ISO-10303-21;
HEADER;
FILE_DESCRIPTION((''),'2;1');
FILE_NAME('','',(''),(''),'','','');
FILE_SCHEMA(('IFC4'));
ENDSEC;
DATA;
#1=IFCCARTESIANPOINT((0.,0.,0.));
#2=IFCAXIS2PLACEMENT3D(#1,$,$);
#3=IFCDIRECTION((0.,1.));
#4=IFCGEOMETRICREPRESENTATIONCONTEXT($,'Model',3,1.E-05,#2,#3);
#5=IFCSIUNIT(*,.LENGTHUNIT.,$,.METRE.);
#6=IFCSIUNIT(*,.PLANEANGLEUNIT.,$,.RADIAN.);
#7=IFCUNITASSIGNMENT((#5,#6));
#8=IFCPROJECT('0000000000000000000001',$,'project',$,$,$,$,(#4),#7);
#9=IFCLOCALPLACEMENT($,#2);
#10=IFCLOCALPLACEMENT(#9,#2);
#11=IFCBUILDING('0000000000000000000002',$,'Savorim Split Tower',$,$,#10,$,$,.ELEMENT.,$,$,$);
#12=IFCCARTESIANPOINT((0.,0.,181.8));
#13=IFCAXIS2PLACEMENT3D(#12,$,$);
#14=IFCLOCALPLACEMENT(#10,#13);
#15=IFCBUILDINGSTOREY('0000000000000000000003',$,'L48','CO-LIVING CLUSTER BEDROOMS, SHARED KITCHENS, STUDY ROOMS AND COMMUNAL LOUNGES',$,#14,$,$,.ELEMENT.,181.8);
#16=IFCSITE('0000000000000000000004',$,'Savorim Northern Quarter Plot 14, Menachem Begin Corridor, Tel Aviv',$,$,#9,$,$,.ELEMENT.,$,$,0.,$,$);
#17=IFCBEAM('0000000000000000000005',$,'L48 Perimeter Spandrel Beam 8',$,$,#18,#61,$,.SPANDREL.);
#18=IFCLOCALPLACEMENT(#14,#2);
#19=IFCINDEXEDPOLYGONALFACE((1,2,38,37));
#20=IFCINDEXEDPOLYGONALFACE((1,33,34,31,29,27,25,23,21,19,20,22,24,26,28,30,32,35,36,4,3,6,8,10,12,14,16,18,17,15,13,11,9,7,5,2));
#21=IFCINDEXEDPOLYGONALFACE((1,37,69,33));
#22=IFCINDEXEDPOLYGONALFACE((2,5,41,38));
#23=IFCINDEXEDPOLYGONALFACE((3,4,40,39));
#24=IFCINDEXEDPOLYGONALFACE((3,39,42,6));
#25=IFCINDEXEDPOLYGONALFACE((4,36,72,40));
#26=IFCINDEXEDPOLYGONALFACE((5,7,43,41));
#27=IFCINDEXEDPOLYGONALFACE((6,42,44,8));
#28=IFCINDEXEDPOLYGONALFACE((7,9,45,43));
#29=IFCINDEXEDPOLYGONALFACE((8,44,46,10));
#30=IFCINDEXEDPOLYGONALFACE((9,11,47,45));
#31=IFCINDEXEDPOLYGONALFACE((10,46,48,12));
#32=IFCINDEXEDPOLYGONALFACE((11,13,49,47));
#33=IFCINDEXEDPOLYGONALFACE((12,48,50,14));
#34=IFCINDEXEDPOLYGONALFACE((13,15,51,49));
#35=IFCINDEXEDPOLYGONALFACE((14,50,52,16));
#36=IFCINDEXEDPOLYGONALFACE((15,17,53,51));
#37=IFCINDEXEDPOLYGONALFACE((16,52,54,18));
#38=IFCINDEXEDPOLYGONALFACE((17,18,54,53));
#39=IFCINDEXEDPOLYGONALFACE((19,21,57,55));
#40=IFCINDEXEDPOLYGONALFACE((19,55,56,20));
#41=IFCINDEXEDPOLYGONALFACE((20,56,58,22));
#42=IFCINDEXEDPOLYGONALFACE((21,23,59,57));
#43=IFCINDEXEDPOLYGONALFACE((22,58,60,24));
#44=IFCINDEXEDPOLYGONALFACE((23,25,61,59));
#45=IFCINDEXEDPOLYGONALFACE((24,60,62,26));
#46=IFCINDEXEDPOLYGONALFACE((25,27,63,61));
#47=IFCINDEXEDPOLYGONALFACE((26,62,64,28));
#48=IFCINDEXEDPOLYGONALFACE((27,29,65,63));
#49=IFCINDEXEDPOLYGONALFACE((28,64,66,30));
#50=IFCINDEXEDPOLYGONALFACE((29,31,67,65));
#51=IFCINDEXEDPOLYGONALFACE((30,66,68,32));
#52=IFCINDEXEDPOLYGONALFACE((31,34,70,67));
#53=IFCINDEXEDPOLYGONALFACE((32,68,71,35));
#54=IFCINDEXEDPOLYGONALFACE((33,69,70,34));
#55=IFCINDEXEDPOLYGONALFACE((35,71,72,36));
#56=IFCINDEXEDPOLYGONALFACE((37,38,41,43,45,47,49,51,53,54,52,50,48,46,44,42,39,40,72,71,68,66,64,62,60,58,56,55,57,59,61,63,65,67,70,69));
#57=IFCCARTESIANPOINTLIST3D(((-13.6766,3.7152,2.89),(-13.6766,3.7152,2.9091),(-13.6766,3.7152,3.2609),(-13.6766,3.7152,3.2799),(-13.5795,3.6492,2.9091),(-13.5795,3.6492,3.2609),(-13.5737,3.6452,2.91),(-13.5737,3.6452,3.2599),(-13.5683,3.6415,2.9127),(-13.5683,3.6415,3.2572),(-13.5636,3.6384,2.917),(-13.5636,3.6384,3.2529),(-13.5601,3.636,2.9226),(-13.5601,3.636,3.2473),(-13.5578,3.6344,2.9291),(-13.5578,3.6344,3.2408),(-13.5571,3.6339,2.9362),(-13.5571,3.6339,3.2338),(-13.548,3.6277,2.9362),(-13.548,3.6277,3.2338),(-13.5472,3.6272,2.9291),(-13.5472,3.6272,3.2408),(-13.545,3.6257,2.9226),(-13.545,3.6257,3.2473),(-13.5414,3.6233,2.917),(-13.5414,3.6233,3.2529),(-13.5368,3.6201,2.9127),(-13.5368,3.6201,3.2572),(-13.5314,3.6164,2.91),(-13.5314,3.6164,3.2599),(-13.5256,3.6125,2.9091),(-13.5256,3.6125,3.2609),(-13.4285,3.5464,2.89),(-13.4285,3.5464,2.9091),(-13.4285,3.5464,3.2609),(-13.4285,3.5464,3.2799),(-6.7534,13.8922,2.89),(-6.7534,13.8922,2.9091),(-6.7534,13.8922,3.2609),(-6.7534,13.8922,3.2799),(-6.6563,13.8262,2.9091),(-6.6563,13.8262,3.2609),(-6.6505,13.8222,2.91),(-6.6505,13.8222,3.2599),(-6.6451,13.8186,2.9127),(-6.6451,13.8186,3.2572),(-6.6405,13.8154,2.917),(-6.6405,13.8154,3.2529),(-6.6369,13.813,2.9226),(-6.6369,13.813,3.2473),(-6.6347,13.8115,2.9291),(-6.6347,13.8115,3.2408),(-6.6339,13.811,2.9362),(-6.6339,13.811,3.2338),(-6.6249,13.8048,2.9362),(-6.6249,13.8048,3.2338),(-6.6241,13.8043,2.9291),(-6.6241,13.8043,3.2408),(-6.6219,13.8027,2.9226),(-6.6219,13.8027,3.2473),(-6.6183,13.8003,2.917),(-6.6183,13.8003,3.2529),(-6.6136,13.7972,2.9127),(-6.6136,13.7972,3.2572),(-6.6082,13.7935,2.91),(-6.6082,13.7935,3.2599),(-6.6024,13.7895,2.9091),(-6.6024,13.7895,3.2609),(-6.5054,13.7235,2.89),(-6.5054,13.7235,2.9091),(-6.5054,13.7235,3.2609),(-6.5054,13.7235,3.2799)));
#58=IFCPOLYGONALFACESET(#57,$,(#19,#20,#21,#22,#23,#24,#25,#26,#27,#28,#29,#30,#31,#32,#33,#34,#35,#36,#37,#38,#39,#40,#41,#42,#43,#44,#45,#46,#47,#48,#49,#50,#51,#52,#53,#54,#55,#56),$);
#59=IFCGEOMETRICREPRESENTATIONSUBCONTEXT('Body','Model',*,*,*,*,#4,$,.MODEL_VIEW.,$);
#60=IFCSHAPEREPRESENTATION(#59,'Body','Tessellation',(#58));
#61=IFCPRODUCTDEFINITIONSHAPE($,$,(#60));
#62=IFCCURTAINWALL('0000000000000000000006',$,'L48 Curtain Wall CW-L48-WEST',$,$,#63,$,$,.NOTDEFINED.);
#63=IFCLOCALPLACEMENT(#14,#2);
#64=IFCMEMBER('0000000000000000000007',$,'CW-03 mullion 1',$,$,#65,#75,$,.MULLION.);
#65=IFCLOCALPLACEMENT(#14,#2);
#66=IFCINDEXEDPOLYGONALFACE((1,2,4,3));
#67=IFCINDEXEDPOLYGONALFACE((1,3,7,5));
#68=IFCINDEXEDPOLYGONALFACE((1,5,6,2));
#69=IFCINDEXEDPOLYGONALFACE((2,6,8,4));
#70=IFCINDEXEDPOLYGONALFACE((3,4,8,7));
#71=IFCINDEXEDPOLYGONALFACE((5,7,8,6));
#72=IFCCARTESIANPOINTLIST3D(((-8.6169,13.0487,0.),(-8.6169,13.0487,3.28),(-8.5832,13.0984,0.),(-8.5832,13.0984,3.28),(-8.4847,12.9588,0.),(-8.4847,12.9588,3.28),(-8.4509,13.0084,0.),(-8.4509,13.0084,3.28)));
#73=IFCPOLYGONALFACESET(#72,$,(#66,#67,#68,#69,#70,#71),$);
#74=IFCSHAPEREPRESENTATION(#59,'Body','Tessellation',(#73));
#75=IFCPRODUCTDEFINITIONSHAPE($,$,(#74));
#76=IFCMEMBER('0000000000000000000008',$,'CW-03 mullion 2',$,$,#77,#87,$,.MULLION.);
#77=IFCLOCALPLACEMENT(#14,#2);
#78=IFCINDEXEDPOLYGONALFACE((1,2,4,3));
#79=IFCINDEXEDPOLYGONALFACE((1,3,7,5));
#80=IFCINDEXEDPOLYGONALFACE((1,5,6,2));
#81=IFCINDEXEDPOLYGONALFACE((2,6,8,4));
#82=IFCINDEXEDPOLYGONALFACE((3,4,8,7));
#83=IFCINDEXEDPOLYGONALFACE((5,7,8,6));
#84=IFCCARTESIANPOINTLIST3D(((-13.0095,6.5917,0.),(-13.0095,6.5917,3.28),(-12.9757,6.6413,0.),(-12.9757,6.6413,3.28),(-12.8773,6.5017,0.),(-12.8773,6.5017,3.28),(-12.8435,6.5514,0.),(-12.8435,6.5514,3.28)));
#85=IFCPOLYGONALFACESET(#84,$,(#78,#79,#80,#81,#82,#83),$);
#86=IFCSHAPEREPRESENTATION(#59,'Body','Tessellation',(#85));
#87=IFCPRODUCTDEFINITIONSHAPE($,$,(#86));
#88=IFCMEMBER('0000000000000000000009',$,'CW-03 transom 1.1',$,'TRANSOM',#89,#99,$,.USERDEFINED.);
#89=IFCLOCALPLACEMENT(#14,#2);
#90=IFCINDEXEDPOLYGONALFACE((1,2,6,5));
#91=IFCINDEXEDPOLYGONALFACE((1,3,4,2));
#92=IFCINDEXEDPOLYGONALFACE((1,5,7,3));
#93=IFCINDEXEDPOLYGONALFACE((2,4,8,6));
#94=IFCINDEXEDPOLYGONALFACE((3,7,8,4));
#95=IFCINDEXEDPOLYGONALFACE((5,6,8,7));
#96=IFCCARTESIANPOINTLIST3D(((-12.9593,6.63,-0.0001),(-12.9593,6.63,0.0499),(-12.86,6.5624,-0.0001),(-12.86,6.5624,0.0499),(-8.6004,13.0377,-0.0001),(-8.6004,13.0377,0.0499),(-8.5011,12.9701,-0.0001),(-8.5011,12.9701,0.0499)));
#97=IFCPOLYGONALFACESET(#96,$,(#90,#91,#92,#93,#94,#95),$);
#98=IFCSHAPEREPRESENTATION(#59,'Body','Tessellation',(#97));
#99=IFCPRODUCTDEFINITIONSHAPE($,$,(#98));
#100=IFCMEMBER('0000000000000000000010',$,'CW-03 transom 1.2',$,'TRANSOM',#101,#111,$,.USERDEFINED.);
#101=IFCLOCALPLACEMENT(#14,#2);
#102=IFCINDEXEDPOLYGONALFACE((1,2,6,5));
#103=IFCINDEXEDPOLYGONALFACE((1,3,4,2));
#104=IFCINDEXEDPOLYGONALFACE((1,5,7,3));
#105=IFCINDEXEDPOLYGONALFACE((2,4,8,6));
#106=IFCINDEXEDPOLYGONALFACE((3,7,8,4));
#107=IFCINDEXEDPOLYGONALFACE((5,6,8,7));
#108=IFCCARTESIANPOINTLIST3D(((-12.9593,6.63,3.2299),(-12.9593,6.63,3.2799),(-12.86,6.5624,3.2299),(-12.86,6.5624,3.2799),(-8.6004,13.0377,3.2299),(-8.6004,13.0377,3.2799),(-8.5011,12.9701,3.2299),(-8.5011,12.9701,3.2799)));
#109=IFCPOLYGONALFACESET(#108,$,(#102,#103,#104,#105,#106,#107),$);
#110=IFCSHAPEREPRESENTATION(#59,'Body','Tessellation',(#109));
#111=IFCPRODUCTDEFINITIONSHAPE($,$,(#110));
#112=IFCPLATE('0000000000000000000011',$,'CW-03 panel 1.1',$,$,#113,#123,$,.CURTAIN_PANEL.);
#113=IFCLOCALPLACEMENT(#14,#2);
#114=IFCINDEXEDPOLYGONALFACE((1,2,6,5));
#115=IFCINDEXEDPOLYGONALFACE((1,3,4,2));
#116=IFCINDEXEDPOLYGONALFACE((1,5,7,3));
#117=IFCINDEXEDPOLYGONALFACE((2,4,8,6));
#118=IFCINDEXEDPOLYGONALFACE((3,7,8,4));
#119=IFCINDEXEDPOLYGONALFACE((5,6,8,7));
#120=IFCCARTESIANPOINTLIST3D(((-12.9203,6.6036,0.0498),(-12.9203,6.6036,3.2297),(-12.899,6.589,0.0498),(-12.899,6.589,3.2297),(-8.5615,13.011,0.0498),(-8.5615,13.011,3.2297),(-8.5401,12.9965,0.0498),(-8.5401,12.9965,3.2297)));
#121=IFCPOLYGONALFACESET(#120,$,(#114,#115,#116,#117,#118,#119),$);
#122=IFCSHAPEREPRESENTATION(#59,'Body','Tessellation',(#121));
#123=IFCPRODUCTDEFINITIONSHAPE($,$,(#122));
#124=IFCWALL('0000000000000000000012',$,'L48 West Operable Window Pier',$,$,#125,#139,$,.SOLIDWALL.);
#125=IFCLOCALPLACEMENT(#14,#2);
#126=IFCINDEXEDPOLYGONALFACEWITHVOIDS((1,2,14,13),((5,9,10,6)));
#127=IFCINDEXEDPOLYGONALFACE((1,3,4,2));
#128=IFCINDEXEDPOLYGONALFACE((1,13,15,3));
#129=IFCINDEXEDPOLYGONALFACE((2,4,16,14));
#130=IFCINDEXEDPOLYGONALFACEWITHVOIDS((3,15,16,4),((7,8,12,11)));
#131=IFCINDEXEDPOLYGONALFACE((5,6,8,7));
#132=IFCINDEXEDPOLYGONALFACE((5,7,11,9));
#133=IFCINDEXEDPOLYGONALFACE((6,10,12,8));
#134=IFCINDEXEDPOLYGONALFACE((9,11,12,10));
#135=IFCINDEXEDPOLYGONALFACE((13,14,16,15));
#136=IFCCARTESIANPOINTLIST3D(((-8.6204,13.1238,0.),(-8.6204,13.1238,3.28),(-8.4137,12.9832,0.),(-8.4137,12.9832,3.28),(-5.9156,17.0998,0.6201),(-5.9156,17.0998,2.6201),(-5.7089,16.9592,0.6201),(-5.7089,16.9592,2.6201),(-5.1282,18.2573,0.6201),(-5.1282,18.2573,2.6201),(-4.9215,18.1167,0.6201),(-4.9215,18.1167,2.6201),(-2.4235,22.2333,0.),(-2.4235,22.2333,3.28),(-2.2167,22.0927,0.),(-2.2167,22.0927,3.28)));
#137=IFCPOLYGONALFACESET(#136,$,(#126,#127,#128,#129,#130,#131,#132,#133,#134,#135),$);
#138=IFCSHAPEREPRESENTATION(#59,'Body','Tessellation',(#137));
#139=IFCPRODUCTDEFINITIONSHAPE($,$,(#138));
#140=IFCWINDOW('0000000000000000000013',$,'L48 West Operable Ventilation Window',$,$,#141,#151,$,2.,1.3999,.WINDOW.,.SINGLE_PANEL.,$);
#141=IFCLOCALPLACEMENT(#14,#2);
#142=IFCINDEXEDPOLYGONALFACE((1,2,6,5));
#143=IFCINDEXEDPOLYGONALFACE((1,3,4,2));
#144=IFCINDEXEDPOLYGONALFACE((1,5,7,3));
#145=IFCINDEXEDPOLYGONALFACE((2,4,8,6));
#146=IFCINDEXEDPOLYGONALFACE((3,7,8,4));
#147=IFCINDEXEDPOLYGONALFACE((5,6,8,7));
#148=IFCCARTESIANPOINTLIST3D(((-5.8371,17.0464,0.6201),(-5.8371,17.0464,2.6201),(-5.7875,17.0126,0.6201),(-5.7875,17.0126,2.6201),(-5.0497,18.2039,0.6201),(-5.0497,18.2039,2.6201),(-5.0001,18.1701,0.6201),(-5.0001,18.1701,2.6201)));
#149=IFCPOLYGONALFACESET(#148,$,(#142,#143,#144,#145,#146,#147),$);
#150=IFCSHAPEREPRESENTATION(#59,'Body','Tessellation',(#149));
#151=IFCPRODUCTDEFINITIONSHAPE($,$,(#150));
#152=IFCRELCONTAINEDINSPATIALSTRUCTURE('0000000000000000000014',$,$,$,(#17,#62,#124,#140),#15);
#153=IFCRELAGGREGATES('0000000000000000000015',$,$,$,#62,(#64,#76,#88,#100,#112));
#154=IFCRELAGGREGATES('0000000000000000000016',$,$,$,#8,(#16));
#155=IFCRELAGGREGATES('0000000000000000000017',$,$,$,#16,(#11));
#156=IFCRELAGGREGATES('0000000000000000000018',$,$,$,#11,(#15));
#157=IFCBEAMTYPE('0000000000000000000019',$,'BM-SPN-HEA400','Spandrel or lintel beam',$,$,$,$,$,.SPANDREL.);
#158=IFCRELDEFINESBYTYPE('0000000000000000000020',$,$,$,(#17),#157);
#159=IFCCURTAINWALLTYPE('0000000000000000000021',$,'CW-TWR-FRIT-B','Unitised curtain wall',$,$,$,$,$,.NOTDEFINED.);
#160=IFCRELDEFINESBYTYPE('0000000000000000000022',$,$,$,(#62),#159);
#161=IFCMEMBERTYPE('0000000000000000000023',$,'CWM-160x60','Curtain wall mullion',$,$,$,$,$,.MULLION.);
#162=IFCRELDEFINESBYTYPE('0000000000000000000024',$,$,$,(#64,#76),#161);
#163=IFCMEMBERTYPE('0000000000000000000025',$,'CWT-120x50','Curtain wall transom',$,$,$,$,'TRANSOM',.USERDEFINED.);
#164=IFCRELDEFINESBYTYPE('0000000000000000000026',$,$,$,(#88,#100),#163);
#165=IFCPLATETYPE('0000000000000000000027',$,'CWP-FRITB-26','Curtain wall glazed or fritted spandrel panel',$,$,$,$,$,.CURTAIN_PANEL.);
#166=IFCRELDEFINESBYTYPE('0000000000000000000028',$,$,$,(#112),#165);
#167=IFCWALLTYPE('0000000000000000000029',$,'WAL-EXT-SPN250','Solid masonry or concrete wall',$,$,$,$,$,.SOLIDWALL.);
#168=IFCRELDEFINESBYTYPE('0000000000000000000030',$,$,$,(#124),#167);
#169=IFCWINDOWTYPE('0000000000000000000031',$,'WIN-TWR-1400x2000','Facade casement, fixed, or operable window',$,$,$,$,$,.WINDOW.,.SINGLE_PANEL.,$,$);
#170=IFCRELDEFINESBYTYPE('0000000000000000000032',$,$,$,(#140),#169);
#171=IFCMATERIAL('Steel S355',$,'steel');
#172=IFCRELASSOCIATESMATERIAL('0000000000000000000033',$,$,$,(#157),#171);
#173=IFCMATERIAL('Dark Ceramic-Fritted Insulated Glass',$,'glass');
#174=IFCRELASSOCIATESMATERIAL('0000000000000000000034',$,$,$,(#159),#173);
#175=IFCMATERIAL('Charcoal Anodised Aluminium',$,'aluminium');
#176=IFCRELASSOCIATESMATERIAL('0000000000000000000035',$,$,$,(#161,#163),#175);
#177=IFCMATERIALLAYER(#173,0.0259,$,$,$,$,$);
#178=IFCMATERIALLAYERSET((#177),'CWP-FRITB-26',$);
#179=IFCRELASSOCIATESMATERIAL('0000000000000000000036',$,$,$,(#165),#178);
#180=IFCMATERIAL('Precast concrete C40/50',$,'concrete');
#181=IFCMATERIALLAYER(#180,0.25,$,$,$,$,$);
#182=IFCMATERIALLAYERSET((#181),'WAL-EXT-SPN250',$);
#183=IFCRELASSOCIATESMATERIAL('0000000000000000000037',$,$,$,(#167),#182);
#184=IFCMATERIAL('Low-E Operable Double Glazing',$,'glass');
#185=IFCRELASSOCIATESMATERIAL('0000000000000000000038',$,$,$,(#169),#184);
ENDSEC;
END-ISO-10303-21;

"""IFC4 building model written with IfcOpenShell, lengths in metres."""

from ifc_helpers import new_model, si_unit, direction, frame, frame_2d, origin, origin_2d, place, context, subcontext, project, spatial, rectangle, i_section, extrude, material, layer, layer_set, material_profile, profile_set, type_object, element, fill, aggregate, save


model = new_model("IFC4")

# Units and contexts
model_context = context("Model", 3, precision=1e-05, world=origin(), true_north=direction((0.0, 1.0)))
body_context = subcontext(model_context, "Body", "Model", "MODEL_VIEW")
ifc_project = project(units=[si_unit("LENGTHUNIT", "METRE"), si_unit("PLANEANGLEUNIT", "RADIAN")], contexts=[model_context])

# Site, building, storey
site_placement = place(None, origin())
site = spatial("IfcSite", under=ifc_project, at=site_placement, Name="Savorim Northern Quarter Plot 14, Menachem Begin Corridor, Tel Aviv", CompositionType="ELEMENT", RefElevation=0.0)
building_placement = place(site_placement, origin())
building = spatial("IfcBuilding", under=site, at=building_placement, Name="Savorim Split Tower", CompositionType="ELEMENT")
storey_placement = place(building_placement, frame((0.0, 0.0, 181.8)))
storey = spatial("IfcBuildingStorey", under=building, at=storey_placement, Name="L48", Description="CO-LIVING CLUSTER BEDROOMS, SHARED KITCHENS, STUDY ROOMS AND COMMUNAL LOUNGES", CompositionType="ELEMENT", Elevation=181.8)

# Beam
ifc_material_1 = material(Name="Steel S355", Category="steel")
ifc_material_profile_1 = material_profile(ifc_material_1, i_section(OverallWidth=0.3, OverallDepth=0.3899, WebThickness=0.011, FlangeThickness=0.019, FilletRadius=0.0271, at=origin_2d()), Name="HEA 400")
ifc_profile_set_1 = profile_set([ifc_material_profile_1], Name="Steel S355")
beam_type_1 = type_object("IfcBeamType", Name="BM-SPN-HEA400", Description="Spandrel or lintel beam", PredefinedType="SPANDREL", material=ifc_profile_set_1)
beam_1_placement = place(storey_placement, frame((-6.6294, 13.8079, 3.085), z_axis=(-0.562462, -0.826823, 0.0), x_axis=(0.826823, -0.562462, 0.0)))
element("IfcBeam", 1, at=beam_1_placement, inside=storey, type_object=beam_type_1, Name="L48 Perimeter Spandrel Beam 8", PredefinedType="SPANDREL", context=body_context, shape_type="SweptSolid", body=[
    extrude(i_section(OverallWidth=0.3, OverallDepth=0.3899, WebThickness=0.011, FlangeThickness=0.019, FilletRadius=0.0271, at=origin_2d()), origin(), (0.0, 0.0, 1.0), 12.3086),
])

# Curtain wall, members, plate
ifc_material_2 = material(Name="Dark Ceramic-Fritted Insulated Glass", Category="glass")
curtain_wall_type = type_object("IfcCurtainWallType", Name="CW-TWR-FRIT-B", Description="Unitised curtain wall", PredefinedType="NOTDEFINED", material=ifc_material_2)
curtain_wall_placement = place(storey_placement, origin())
curtain_wall = element("IfcCurtainWall", 2, at=curtain_wall_placement, inside=storey, type_object=curtain_wall_type, Name="L48 Curtain Wall CW-L48-WEST", PredefinedType="NOTDEFINED")
ifc_material_3 = material(Name="Charcoal Anodised Aluminium", Category="aluminium")
ifc_material_profile_2 = material_profile(ifc_material_3, rectangle(XDim=0.1599, YDim=0.0601, at=origin_2d()), Name="ALU-M 160x60")
ifc_profile_set_2 = profile_set([ifc_material_profile_2], Name="Charcoal Anodised Aluminium")
member_type_1 = type_object("IfcMemberType", Name="CWM-160x60", Description="Curtain wall mullion", PredefinedType="MULLION", material=ifc_profile_set_2)
member_1_placement = place(storey_placement, frame((-8.5339, 13.0286, 0.0), z_axis=(0.0, 0.0, 1.0), x_axis=(0.826819, -0.562468, 0.0)))
member_1 = element("IfcMember", 3, at=member_1_placement, type_object=member_type_1, Name="CW-03 mullion 1", PredefinedType="MULLION", context=body_context, shape_type="SweptSolid", body=[
    extrude(rectangle(XDim=0.1599, YDim=0.0601, at=origin_2d()), origin(), (0.0, 0.0, 1.0), 3.28),
])
member_2_placement = place(storey_placement, frame((-12.9265, 6.5715, 0.0), z_axis=(0.0, 0.0, 1.0), x_axis=(0.826819, -0.562468, 0.0)))
member_2 = element("IfcMember", 4, at=member_2_placement, type_object=member_type_1, Name="CW-03 mullion 2", PredefinedType="MULLION", context=body_context, shape_type="SweptSolid", body=[
    extrude(rectangle(XDim=0.1599, YDim=0.0601, at=origin_2d()), origin(), (0.0, 0.0, 1.0), 3.28),
])
ifc_material_profile_3 = material_profile(ifc_material_3, rectangle(XDim=0.1201, YDim=0.05, at=origin_2d()), Name="ALU-T 120x50")
ifc_profile_set_3 = profile_set([ifc_material_profile_3], Name="Charcoal Anodised Aluminium")
member_type_2 = type_object("IfcMemberType", Name="CWT-120x50", Description="Curtain wall transom", ElementType="TRANSOM", PredefinedType="USERDEFINED", material=ifc_profile_set_3)
member_3_placement = place(storey_placement, frame((-8.5508, 13.0039, 0.0249), z_axis=(-0.562455, -0.826828, 0.0), x_axis=(0.826828, -0.562455, 0.0)))
member_3 = element("IfcMember", 5, at=member_3_placement, type_object=member_type_2, Name="CW-03 transom 1.1", ObjectType="TRANSOM", PredefinedType="USERDEFINED", context=body_context, shape_type="SweptSolid", body=[
    extrude(rectangle(XDim=0.1201, YDim=0.05, at=origin_2d()), origin(), (0.0, 0.0, 1.0), 7.7498),
])
member_4_placement = place(storey_placement, frame((-8.5508, 13.0039, 3.2549), z_axis=(-0.562455, -0.826828, 0.0), x_axis=(0.826828, -0.562455, 0.0)))
member_4 = element("IfcMember", 6, at=member_4_placement, type_object=member_type_2, Name="CW-03 transom 1.2", ObjectType="TRANSOM", PredefinedType="USERDEFINED", context=body_context, shape_type="SweptSolid", body=[
    extrude(rectangle(XDim=0.1201, YDim=0.05, at=origin_2d()), origin(), (0.0, 0.0, 1.0), 7.7498),
])
ifc_layer_1 = layer(ifc_material_2, 0.0259)
ifc_layer_set_1 = layer_set([ifc_layer_1], Name="CWP-FRITB-26")
plate_type = type_object("IfcPlateType", Name="CWP-FRITB-26", Description="Curtain wall glazed or fritted spandrel panel", PredefinedType="CURTAIN_PANEL", material=ifc_layer_set_1)
plate_placement = place(storey_placement, frame((-10.7302, 9.8, 0.0498), z_axis=(0.0, 0.0, 1.0), x_axis=(-0.562468, -0.826819, 0.0)))
plate = element("IfcPlate", 7, at=plate_placement, type_object=plate_type, Name="CW-03 panel 1.1", PredefinedType="CURTAIN_PANEL", context=body_context, shape_type="SweptSolid", body=[
    extrude(rectangle(XDim=7.7495, YDim=0.0259, at=origin_2d()), origin(), (0.0, 0.0, 1.0), 3.1799),
])
aggregate(curtain_wall, [member_1, member_2, member_3, member_4, plate])

# Shared definitions
ifc_material_4 = material(Name="Precast concrete C40/50", Category="concrete")

# Wall, opening, window
ifc_layer_2 = layer(ifc_material_4, 0.25)
ifc_layer_set_2 = layer_set([ifc_layer_2], Name="WAL-EXT-SPN250")
wall_type_1 = type_object("IfcWallType", Name="WAL-EXT-SPN250", Description="Solid masonry or concrete wall", PredefinedType="SOLIDWALL", material=ifc_layer_set_2)
wall_1_placement = place(storey_placement, frame((-8.5171, 13.0535, 0.0), z_axis=(0.0, 0.0, 1.0), x_axis=(0.562464, 0.826822, 0.0)))
wall_1 = element("IfcWall", 8, at=wall_1_placement, inside=storey, type_object=wall_type_1, Name="L48 West Operable Window Pier", PredefinedType="SOLIDWALL", context=body_context, shape_type="SweptSolid", body=[
    extrude(rectangle(XDim=11.0176, YDim=0.25, at=frame_2d((5.5088, 0.0))), origin(), (0.0, 0.0, 1.0), 3.28),
])
opening_1_placement = place(wall_1_placement, frame((4.8088, 0.0, 0.6201)))
opening_1 = element("IfcOpeningElement", 9, at=opening_1_placement, cuts=wall_1, PredefinedType="OPENING", context=body_context, shape_type="SweptSolid", body=[
    extrude(rectangle(XDim=1.3999, YDim=2.0, at=frame_2d((0.7, 1.0))), frame((0.0, 0.135, 0.0), z_axis=(0.0, -1.0, 0.0), x_axis=(1.0, 0.0, 0.0)), (0.0, 0.0, 1.0), 0.27),
])
ifc_material_5 = material(Name="Low-E Operable Double Glazing", Category="glass")
window_type = type_object("IfcWindowType", Name="WIN-TWR-1400x2000", Description="Facade casement, fixed, or operable window", PartitioningType="SINGLE_PANEL", PredefinedType="WINDOW", material=ifc_material_5)
window_placement = place(opening_1_placement, origin())
window = element("IfcWindow", 10, at=window_placement, inside=storey, type_object=window_type, Name="L48 West Operable Ventilation Window", OverallHeight=2.0, OverallWidth=1.3999, PartitioningType="SINGLE_PANEL", PredefinedType="WINDOW", context=body_context, shape_type="SweptSolid", body=[
    extrude(rectangle(XDim=1.3999, YDim=2.0, at=frame_2d((0.7, 1.0))), frame((0.0, 0.03, 0.0), z_axis=(0.0, -1.0, 0.0), x_axis=(1.0, 0.0, 0.0)), (0.0, 0.0, 1.0), 0.0601),
])
fill(opening_1, window)

save(model, "model.ifc")
